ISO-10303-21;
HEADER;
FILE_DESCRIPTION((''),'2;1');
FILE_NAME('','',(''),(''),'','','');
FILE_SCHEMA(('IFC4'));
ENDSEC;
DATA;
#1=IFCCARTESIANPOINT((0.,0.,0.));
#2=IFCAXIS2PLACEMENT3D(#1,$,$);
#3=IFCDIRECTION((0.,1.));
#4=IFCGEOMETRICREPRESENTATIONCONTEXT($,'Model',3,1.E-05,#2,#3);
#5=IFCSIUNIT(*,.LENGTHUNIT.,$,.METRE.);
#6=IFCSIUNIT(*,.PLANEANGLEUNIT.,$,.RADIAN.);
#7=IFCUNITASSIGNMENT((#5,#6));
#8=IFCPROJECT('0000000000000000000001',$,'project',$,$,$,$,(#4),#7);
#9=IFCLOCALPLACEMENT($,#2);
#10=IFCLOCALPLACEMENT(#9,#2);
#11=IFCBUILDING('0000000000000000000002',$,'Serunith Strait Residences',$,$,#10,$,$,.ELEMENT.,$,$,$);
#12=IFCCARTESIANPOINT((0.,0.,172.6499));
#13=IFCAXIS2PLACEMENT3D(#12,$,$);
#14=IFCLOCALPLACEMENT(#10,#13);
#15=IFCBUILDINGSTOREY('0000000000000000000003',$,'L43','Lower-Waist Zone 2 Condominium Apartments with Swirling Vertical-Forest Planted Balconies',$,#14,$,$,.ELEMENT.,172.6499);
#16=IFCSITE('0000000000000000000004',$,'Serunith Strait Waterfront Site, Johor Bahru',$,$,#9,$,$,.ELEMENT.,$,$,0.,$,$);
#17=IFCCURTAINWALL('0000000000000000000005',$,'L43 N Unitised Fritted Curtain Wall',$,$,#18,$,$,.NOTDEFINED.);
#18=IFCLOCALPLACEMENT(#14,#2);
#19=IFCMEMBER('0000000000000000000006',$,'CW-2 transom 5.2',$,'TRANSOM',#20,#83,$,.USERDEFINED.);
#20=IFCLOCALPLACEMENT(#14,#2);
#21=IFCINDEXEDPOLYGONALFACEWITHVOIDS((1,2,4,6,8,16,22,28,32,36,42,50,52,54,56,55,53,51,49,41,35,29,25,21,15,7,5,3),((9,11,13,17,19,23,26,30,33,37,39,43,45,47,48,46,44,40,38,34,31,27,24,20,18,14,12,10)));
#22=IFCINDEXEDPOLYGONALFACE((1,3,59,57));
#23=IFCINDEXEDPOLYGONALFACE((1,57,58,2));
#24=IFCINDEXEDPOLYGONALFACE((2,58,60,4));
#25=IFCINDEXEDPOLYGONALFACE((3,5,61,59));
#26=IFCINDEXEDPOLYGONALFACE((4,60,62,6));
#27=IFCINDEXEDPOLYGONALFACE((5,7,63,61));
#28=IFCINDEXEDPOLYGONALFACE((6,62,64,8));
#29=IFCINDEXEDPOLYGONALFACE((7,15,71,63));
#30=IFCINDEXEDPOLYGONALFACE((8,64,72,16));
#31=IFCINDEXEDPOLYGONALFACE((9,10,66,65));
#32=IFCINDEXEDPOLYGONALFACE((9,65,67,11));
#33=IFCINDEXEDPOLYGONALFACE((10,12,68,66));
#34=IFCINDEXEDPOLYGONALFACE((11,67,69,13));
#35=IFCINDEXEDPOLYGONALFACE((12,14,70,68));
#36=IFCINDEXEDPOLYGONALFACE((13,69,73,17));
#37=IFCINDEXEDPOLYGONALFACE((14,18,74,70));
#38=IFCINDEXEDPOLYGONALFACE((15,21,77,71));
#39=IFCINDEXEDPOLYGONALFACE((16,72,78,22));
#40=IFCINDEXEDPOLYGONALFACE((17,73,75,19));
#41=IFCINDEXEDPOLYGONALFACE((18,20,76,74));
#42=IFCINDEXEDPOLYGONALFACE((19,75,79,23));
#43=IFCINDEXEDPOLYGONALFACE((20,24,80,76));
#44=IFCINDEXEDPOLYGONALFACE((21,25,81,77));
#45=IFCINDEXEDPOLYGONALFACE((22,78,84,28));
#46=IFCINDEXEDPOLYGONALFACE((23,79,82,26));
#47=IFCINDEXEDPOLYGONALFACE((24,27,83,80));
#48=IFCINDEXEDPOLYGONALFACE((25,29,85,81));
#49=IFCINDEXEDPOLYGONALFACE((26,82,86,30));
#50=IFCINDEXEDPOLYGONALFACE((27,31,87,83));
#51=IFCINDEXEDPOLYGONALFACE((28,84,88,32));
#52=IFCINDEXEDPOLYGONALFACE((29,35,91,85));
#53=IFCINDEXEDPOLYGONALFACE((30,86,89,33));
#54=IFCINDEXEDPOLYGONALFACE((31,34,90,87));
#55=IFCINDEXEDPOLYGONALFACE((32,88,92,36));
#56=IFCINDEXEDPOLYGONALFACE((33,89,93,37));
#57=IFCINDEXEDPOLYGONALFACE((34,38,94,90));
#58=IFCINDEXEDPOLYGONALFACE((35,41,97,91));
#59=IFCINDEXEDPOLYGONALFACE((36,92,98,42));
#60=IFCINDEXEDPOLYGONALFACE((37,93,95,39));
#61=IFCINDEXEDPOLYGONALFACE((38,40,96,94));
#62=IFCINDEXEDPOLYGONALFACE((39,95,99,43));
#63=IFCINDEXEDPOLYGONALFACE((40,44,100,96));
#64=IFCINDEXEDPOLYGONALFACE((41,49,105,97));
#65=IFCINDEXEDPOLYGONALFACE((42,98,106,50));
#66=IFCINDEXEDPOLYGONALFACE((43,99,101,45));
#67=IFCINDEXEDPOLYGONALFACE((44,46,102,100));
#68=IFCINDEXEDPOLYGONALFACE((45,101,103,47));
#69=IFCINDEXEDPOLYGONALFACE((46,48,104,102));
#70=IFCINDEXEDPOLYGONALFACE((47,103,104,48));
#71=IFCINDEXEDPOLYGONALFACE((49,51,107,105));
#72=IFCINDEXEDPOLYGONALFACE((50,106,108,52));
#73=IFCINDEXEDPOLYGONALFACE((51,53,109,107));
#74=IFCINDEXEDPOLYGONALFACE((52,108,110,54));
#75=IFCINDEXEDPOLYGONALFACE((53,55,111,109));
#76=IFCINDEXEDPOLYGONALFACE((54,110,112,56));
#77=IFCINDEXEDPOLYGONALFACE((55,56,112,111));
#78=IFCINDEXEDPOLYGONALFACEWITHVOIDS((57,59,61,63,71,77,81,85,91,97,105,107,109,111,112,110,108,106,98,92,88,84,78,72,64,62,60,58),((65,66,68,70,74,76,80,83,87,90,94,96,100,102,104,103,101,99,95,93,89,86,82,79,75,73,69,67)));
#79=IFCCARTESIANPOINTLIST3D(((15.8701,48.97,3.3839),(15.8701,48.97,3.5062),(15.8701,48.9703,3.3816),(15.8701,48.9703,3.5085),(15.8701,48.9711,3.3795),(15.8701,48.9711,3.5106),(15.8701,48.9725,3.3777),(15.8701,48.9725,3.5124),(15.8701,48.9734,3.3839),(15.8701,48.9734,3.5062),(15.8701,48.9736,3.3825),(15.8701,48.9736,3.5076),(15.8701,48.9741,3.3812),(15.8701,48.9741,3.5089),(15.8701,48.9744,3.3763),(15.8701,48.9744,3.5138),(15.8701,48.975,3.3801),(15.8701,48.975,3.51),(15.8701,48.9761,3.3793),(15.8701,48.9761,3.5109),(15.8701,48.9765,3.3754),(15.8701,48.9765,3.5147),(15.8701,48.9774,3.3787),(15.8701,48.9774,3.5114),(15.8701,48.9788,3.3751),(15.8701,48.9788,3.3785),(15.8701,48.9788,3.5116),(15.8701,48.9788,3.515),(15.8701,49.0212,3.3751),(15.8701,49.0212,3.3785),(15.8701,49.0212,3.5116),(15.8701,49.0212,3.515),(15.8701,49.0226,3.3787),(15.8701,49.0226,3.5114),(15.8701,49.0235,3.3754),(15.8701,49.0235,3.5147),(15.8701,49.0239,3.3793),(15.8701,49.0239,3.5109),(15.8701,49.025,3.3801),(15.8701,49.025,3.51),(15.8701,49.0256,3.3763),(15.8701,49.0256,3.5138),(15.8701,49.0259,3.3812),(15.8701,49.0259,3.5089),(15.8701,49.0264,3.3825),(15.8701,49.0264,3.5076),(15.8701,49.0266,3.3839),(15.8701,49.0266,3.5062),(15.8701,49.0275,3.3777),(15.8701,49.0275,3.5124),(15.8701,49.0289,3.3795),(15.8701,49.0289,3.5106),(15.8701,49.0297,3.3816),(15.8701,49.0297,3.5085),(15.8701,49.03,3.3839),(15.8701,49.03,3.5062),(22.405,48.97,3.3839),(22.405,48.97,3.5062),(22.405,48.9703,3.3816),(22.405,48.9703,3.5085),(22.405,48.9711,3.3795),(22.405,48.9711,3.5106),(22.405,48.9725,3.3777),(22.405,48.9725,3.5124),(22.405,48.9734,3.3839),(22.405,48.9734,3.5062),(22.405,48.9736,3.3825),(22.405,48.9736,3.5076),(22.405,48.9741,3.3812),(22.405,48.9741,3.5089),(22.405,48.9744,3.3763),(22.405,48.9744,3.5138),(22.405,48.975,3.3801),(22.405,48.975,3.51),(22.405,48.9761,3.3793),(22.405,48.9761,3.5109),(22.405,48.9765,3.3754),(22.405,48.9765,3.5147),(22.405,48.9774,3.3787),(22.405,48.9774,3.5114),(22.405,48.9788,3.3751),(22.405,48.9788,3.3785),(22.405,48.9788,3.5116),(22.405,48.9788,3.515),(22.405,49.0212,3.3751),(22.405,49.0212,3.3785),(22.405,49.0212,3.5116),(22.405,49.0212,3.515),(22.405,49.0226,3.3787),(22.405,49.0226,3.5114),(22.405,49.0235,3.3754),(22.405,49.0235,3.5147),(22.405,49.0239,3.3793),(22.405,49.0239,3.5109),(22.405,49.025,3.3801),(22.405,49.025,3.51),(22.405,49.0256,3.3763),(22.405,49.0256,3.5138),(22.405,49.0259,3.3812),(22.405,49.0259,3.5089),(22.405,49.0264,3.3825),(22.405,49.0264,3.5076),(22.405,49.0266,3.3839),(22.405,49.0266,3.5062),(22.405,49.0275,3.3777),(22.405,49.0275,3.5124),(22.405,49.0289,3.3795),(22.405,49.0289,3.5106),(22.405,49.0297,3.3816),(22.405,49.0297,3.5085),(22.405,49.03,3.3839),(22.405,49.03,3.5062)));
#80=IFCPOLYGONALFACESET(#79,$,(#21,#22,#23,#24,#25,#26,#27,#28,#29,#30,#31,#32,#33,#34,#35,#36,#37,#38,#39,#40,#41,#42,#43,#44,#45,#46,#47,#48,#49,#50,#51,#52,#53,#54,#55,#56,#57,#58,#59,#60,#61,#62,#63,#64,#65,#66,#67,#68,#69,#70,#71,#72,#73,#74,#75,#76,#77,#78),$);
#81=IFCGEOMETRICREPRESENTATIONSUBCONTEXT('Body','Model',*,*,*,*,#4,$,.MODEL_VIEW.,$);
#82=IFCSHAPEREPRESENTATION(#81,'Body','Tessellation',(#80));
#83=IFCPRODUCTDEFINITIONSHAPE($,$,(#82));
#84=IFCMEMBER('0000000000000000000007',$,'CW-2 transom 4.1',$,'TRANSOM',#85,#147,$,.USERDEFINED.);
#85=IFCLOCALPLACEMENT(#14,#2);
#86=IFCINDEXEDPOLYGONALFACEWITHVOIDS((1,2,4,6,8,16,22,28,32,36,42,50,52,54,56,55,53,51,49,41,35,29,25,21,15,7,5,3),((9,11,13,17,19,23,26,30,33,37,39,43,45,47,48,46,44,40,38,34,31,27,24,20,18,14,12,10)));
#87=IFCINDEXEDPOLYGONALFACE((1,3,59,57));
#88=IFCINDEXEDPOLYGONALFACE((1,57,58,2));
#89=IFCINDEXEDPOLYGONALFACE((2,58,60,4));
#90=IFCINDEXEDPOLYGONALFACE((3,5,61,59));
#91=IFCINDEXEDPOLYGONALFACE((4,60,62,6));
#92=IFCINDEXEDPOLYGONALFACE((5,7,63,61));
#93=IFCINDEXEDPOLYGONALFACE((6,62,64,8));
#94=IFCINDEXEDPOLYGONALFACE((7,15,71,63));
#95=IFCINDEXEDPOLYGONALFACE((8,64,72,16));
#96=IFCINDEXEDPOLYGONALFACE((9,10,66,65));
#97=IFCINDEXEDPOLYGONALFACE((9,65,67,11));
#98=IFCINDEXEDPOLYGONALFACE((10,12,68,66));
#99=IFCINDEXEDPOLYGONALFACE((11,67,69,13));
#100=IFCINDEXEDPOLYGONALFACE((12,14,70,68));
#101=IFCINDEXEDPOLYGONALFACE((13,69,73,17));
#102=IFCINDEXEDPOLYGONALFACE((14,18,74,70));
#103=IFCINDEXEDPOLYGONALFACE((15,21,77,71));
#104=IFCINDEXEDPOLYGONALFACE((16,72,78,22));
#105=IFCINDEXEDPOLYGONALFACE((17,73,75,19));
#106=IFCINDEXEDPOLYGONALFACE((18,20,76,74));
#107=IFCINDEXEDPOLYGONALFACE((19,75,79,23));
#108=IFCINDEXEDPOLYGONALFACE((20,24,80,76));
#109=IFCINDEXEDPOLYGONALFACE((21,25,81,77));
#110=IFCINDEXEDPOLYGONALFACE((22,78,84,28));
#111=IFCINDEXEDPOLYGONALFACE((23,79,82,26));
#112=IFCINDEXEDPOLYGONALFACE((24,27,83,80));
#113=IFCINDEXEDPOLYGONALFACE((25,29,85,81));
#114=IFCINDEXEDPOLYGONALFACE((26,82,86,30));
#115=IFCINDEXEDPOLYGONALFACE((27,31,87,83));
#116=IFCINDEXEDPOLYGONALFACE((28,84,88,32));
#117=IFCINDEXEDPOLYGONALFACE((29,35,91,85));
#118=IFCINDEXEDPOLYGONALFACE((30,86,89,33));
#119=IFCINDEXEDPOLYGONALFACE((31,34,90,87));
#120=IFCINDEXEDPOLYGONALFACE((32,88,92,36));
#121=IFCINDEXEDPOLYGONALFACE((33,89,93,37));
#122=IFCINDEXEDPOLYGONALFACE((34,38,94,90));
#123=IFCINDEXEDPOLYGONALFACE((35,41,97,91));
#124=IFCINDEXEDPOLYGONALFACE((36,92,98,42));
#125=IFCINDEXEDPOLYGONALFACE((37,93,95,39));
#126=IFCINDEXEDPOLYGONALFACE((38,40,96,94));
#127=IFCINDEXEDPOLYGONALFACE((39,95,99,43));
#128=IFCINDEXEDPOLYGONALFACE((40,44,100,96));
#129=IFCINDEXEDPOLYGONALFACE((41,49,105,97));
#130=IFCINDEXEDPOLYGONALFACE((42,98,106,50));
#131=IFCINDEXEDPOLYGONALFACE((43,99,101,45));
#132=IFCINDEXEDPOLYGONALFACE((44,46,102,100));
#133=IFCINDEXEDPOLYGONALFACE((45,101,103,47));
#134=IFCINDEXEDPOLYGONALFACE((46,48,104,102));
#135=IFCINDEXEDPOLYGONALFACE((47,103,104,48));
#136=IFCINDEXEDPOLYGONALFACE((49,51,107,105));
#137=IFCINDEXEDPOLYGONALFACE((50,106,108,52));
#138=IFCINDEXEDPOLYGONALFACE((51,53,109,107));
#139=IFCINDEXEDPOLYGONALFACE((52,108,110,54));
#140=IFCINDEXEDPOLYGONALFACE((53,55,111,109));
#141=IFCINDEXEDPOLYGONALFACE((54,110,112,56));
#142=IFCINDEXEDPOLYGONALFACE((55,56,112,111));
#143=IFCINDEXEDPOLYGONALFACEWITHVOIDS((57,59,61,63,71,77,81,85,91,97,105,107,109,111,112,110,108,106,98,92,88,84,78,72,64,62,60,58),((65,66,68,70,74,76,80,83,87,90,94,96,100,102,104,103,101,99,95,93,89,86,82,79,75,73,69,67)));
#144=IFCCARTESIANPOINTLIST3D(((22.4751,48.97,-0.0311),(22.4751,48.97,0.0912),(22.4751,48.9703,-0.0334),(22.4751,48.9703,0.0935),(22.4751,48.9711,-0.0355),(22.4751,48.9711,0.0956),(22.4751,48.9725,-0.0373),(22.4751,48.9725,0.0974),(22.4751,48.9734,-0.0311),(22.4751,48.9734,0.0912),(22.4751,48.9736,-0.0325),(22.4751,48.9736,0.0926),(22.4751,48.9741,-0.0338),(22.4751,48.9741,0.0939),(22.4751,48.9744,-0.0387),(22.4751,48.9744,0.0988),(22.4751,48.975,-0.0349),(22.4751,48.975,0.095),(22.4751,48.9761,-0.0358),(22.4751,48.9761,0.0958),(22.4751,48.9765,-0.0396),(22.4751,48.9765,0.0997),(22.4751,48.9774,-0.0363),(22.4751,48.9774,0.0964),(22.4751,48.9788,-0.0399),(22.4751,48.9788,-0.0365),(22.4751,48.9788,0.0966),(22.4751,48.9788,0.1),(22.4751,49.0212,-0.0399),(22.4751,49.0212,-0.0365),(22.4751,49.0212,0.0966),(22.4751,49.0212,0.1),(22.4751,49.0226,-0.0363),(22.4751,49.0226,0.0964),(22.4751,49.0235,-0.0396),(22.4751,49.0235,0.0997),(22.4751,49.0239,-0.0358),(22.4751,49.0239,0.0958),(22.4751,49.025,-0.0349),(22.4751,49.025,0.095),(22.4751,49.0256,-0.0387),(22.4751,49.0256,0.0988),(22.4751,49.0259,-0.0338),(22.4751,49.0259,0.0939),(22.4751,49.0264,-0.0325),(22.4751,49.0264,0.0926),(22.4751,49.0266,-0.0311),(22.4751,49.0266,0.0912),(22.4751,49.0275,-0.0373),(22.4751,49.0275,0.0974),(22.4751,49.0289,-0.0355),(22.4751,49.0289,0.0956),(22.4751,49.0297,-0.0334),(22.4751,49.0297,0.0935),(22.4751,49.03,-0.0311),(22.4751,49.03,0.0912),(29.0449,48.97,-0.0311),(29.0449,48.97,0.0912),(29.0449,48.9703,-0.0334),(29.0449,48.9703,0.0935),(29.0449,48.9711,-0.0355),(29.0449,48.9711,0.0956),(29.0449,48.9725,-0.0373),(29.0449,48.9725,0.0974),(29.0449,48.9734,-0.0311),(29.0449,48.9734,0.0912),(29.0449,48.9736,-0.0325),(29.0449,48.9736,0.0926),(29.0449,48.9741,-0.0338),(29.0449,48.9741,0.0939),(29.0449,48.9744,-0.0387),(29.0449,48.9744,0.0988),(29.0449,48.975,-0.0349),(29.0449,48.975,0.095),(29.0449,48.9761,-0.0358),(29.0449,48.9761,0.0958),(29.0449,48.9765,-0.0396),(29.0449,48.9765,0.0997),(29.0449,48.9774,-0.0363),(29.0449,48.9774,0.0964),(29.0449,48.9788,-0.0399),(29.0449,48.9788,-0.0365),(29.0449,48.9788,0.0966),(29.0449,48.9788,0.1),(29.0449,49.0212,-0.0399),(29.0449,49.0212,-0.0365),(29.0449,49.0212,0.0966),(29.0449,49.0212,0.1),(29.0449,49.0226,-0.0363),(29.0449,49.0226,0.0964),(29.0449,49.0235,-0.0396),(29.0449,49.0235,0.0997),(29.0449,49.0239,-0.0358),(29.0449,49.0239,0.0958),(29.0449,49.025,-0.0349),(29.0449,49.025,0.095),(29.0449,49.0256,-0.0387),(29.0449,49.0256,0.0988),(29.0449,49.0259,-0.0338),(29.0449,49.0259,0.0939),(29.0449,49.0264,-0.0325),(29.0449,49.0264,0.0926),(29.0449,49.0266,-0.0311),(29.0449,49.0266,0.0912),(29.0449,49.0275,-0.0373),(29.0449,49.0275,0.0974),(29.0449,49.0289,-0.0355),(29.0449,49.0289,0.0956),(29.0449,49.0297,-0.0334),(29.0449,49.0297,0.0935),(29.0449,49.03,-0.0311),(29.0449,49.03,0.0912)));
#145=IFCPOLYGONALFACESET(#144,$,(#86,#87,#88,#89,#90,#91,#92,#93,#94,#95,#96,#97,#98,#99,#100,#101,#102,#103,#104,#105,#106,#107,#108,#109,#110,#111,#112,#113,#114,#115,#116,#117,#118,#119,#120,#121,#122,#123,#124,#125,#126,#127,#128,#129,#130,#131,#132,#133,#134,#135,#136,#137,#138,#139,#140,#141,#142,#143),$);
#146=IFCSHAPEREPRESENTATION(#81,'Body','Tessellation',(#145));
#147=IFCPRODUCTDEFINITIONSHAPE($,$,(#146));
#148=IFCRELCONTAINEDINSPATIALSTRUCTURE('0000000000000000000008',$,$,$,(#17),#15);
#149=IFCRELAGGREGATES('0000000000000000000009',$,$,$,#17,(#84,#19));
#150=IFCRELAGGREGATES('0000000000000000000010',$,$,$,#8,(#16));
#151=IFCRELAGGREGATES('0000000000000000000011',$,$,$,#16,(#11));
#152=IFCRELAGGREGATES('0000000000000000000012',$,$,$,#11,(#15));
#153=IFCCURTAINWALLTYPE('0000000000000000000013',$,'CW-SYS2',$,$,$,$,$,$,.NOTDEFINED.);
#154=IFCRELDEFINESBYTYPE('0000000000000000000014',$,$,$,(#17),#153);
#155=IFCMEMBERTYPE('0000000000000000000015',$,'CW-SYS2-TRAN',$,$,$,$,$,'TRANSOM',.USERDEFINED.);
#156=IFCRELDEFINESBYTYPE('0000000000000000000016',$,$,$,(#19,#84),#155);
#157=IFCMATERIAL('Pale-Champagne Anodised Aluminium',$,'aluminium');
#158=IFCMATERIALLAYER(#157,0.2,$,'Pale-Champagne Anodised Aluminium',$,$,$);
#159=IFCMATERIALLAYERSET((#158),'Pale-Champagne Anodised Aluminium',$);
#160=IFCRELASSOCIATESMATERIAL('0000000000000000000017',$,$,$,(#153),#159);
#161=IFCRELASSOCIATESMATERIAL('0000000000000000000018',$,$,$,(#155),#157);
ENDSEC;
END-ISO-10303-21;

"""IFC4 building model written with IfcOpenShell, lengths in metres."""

from ifc_helpers import new_model, si_unit, direction, frame, origin, origin_2d, place, context, subcontext, project, spatial, hollow_rectangle, extrude, source, transform, mapped, material, layer, layer_set, material_profile, profile_set, type_object, element, aggregate, save


model = new_model("IFC4")

# Units and contexts
model_context = context("Model", 3, precision=1e-05, world=origin(), true_north=direction((0.0, 1.0)))
body_context = subcontext(model_context, "Body", "Model", "MODEL_VIEW")
ifc_project = project(units=[si_unit("LENGTHUNIT", "METRE"), si_unit("PLANEANGLEUNIT", "RADIAN")], contexts=[model_context])

# Site, building, storey
site_placement = place(None, origin())
site = spatial("IfcSite", under=ifc_project, at=site_placement, Name="Serunith Strait Waterfront Site, Johor Bahru", CompositionType="ELEMENT", RefElevation=0.0)
building_placement = place(site_placement, origin())
building = spatial("IfcBuilding", under=site, at=building_placement, Name="Serunith Strait Residences", CompositionType="ELEMENT")
storey_placement = place(building_placement, frame((0.0, 0.0, 172.6499)))
storey = spatial("IfcBuildingStorey", under=building, at=storey_placement, Name="L43", Description="Lower-Waist Zone 2 Condominium Apartments with Swirling Vertical-Forest Planted Balconies", CompositionType="ELEMENT", Elevation=172.6499)

# Curtain wall, members
ifc_material_1 = material(Name="Pale-Champagne Anodised Aluminium", Category="aluminium")
ifc_layer_1 = layer(ifc_material_1, 0.2, Name="Pale-Champagne Anodised Aluminium")
ifc_layer_set_1 = layer_set([ifc_layer_1], Name="Pale-Champagne Anodised Aluminium")
curtain_wall_type = type_object("IfcCurtainWallType", Name="CW-SYS2", PredefinedType="NOTDEFINED", material=ifc_layer_set_1)
curtain_wall_placement = place(storey_placement, origin())
curtain_wall = element("IfcCurtainWall", 1, at=curtain_wall_placement, inside=storey, type_object=curtain_wall_type, Name="L43 N Unitised Fritted Curtain Wall", PredefinedType="NOTDEFINED")
ifc_material_profile_1 = material_profile(ifc_material_1, hollow_rectangle(XDim=0.0601, YDim=0.1399, WallThickness=0.0034, InnerFilletRadius=0.0054, OuterFilletRadius=0.0088, at=origin_2d()), Name="ALU 140x60x3.5")
ifc_profile_set_1 = profile_set([ifc_material_profile_1], Name="Pale-Champagne Anodised Aluminium")
member_type_1 = type_object("IfcMemberType", Name="CW-SYS2-TRAN", ElementType="TRANSOM", PredefinedType="USERDEFINED", material=ifc_profile_set_1)
shared_shape_1 = source(origin(), body_context, "Body", "SweptSolid", [
    extrude(hollow_rectangle(XDim=0.0601, YDim=0.1399, WallThickness=0.0034, InnerFilletRadius=0.0054, OuterFilletRadius=0.0088, at=origin_2d()), origin(), (0.0, 0.0, 1.0), 6.5349),
])
member_1_placement = place(storey_placement, frame((22.405, 49.0, 3.4451), z_axis=(-1.0, 0.0, 0.0), x_axis=(0.0, -1.0, 0.0)))
member_1 = element("IfcMember", 2, at=member_1_placement, type_object=member_type_1, Name="CW-2 transom 5.2", ObjectType="TRANSOM", PredefinedType="USERDEFINED", context=body_context, shape_type="MappedRepresentation", body=[
    mapped(shared_shape_1, transform((0.0, 0.0, 0.0), scale=1.0)),
])
shared_shape_2 = source(origin(), body_context, "Body", "SweptSolid", [
    extrude(hollow_rectangle(XDim=0.0601, YDim=0.1399, WallThickness=0.0034, InnerFilletRadius=0.0054, OuterFilletRadius=0.0088, at=origin_2d()), origin(), (0.0, 0.0, 1.0), 6.5698),
])
member_2_placement = place(storey_placement, frame((29.0449, 49.0, 0.03), z_axis=(-1.0, 0.0, 0.0), x_axis=(0.0, -1.0, 0.0)))
member_2 = element("IfcMember", 3, at=member_2_placement, type_object=member_type_1, Name="CW-2 transom 4.1", ObjectType="TRANSOM", PredefinedType="USERDEFINED", context=body_context, shape_type="MappedRepresentation", body=[
    mapped(shared_shape_2, transform((0.0, 0.0, 0.0), scale=1.0)),
])
aggregate(curtain_wall, [member_2, member_1])

save(model, "model.ifc")
